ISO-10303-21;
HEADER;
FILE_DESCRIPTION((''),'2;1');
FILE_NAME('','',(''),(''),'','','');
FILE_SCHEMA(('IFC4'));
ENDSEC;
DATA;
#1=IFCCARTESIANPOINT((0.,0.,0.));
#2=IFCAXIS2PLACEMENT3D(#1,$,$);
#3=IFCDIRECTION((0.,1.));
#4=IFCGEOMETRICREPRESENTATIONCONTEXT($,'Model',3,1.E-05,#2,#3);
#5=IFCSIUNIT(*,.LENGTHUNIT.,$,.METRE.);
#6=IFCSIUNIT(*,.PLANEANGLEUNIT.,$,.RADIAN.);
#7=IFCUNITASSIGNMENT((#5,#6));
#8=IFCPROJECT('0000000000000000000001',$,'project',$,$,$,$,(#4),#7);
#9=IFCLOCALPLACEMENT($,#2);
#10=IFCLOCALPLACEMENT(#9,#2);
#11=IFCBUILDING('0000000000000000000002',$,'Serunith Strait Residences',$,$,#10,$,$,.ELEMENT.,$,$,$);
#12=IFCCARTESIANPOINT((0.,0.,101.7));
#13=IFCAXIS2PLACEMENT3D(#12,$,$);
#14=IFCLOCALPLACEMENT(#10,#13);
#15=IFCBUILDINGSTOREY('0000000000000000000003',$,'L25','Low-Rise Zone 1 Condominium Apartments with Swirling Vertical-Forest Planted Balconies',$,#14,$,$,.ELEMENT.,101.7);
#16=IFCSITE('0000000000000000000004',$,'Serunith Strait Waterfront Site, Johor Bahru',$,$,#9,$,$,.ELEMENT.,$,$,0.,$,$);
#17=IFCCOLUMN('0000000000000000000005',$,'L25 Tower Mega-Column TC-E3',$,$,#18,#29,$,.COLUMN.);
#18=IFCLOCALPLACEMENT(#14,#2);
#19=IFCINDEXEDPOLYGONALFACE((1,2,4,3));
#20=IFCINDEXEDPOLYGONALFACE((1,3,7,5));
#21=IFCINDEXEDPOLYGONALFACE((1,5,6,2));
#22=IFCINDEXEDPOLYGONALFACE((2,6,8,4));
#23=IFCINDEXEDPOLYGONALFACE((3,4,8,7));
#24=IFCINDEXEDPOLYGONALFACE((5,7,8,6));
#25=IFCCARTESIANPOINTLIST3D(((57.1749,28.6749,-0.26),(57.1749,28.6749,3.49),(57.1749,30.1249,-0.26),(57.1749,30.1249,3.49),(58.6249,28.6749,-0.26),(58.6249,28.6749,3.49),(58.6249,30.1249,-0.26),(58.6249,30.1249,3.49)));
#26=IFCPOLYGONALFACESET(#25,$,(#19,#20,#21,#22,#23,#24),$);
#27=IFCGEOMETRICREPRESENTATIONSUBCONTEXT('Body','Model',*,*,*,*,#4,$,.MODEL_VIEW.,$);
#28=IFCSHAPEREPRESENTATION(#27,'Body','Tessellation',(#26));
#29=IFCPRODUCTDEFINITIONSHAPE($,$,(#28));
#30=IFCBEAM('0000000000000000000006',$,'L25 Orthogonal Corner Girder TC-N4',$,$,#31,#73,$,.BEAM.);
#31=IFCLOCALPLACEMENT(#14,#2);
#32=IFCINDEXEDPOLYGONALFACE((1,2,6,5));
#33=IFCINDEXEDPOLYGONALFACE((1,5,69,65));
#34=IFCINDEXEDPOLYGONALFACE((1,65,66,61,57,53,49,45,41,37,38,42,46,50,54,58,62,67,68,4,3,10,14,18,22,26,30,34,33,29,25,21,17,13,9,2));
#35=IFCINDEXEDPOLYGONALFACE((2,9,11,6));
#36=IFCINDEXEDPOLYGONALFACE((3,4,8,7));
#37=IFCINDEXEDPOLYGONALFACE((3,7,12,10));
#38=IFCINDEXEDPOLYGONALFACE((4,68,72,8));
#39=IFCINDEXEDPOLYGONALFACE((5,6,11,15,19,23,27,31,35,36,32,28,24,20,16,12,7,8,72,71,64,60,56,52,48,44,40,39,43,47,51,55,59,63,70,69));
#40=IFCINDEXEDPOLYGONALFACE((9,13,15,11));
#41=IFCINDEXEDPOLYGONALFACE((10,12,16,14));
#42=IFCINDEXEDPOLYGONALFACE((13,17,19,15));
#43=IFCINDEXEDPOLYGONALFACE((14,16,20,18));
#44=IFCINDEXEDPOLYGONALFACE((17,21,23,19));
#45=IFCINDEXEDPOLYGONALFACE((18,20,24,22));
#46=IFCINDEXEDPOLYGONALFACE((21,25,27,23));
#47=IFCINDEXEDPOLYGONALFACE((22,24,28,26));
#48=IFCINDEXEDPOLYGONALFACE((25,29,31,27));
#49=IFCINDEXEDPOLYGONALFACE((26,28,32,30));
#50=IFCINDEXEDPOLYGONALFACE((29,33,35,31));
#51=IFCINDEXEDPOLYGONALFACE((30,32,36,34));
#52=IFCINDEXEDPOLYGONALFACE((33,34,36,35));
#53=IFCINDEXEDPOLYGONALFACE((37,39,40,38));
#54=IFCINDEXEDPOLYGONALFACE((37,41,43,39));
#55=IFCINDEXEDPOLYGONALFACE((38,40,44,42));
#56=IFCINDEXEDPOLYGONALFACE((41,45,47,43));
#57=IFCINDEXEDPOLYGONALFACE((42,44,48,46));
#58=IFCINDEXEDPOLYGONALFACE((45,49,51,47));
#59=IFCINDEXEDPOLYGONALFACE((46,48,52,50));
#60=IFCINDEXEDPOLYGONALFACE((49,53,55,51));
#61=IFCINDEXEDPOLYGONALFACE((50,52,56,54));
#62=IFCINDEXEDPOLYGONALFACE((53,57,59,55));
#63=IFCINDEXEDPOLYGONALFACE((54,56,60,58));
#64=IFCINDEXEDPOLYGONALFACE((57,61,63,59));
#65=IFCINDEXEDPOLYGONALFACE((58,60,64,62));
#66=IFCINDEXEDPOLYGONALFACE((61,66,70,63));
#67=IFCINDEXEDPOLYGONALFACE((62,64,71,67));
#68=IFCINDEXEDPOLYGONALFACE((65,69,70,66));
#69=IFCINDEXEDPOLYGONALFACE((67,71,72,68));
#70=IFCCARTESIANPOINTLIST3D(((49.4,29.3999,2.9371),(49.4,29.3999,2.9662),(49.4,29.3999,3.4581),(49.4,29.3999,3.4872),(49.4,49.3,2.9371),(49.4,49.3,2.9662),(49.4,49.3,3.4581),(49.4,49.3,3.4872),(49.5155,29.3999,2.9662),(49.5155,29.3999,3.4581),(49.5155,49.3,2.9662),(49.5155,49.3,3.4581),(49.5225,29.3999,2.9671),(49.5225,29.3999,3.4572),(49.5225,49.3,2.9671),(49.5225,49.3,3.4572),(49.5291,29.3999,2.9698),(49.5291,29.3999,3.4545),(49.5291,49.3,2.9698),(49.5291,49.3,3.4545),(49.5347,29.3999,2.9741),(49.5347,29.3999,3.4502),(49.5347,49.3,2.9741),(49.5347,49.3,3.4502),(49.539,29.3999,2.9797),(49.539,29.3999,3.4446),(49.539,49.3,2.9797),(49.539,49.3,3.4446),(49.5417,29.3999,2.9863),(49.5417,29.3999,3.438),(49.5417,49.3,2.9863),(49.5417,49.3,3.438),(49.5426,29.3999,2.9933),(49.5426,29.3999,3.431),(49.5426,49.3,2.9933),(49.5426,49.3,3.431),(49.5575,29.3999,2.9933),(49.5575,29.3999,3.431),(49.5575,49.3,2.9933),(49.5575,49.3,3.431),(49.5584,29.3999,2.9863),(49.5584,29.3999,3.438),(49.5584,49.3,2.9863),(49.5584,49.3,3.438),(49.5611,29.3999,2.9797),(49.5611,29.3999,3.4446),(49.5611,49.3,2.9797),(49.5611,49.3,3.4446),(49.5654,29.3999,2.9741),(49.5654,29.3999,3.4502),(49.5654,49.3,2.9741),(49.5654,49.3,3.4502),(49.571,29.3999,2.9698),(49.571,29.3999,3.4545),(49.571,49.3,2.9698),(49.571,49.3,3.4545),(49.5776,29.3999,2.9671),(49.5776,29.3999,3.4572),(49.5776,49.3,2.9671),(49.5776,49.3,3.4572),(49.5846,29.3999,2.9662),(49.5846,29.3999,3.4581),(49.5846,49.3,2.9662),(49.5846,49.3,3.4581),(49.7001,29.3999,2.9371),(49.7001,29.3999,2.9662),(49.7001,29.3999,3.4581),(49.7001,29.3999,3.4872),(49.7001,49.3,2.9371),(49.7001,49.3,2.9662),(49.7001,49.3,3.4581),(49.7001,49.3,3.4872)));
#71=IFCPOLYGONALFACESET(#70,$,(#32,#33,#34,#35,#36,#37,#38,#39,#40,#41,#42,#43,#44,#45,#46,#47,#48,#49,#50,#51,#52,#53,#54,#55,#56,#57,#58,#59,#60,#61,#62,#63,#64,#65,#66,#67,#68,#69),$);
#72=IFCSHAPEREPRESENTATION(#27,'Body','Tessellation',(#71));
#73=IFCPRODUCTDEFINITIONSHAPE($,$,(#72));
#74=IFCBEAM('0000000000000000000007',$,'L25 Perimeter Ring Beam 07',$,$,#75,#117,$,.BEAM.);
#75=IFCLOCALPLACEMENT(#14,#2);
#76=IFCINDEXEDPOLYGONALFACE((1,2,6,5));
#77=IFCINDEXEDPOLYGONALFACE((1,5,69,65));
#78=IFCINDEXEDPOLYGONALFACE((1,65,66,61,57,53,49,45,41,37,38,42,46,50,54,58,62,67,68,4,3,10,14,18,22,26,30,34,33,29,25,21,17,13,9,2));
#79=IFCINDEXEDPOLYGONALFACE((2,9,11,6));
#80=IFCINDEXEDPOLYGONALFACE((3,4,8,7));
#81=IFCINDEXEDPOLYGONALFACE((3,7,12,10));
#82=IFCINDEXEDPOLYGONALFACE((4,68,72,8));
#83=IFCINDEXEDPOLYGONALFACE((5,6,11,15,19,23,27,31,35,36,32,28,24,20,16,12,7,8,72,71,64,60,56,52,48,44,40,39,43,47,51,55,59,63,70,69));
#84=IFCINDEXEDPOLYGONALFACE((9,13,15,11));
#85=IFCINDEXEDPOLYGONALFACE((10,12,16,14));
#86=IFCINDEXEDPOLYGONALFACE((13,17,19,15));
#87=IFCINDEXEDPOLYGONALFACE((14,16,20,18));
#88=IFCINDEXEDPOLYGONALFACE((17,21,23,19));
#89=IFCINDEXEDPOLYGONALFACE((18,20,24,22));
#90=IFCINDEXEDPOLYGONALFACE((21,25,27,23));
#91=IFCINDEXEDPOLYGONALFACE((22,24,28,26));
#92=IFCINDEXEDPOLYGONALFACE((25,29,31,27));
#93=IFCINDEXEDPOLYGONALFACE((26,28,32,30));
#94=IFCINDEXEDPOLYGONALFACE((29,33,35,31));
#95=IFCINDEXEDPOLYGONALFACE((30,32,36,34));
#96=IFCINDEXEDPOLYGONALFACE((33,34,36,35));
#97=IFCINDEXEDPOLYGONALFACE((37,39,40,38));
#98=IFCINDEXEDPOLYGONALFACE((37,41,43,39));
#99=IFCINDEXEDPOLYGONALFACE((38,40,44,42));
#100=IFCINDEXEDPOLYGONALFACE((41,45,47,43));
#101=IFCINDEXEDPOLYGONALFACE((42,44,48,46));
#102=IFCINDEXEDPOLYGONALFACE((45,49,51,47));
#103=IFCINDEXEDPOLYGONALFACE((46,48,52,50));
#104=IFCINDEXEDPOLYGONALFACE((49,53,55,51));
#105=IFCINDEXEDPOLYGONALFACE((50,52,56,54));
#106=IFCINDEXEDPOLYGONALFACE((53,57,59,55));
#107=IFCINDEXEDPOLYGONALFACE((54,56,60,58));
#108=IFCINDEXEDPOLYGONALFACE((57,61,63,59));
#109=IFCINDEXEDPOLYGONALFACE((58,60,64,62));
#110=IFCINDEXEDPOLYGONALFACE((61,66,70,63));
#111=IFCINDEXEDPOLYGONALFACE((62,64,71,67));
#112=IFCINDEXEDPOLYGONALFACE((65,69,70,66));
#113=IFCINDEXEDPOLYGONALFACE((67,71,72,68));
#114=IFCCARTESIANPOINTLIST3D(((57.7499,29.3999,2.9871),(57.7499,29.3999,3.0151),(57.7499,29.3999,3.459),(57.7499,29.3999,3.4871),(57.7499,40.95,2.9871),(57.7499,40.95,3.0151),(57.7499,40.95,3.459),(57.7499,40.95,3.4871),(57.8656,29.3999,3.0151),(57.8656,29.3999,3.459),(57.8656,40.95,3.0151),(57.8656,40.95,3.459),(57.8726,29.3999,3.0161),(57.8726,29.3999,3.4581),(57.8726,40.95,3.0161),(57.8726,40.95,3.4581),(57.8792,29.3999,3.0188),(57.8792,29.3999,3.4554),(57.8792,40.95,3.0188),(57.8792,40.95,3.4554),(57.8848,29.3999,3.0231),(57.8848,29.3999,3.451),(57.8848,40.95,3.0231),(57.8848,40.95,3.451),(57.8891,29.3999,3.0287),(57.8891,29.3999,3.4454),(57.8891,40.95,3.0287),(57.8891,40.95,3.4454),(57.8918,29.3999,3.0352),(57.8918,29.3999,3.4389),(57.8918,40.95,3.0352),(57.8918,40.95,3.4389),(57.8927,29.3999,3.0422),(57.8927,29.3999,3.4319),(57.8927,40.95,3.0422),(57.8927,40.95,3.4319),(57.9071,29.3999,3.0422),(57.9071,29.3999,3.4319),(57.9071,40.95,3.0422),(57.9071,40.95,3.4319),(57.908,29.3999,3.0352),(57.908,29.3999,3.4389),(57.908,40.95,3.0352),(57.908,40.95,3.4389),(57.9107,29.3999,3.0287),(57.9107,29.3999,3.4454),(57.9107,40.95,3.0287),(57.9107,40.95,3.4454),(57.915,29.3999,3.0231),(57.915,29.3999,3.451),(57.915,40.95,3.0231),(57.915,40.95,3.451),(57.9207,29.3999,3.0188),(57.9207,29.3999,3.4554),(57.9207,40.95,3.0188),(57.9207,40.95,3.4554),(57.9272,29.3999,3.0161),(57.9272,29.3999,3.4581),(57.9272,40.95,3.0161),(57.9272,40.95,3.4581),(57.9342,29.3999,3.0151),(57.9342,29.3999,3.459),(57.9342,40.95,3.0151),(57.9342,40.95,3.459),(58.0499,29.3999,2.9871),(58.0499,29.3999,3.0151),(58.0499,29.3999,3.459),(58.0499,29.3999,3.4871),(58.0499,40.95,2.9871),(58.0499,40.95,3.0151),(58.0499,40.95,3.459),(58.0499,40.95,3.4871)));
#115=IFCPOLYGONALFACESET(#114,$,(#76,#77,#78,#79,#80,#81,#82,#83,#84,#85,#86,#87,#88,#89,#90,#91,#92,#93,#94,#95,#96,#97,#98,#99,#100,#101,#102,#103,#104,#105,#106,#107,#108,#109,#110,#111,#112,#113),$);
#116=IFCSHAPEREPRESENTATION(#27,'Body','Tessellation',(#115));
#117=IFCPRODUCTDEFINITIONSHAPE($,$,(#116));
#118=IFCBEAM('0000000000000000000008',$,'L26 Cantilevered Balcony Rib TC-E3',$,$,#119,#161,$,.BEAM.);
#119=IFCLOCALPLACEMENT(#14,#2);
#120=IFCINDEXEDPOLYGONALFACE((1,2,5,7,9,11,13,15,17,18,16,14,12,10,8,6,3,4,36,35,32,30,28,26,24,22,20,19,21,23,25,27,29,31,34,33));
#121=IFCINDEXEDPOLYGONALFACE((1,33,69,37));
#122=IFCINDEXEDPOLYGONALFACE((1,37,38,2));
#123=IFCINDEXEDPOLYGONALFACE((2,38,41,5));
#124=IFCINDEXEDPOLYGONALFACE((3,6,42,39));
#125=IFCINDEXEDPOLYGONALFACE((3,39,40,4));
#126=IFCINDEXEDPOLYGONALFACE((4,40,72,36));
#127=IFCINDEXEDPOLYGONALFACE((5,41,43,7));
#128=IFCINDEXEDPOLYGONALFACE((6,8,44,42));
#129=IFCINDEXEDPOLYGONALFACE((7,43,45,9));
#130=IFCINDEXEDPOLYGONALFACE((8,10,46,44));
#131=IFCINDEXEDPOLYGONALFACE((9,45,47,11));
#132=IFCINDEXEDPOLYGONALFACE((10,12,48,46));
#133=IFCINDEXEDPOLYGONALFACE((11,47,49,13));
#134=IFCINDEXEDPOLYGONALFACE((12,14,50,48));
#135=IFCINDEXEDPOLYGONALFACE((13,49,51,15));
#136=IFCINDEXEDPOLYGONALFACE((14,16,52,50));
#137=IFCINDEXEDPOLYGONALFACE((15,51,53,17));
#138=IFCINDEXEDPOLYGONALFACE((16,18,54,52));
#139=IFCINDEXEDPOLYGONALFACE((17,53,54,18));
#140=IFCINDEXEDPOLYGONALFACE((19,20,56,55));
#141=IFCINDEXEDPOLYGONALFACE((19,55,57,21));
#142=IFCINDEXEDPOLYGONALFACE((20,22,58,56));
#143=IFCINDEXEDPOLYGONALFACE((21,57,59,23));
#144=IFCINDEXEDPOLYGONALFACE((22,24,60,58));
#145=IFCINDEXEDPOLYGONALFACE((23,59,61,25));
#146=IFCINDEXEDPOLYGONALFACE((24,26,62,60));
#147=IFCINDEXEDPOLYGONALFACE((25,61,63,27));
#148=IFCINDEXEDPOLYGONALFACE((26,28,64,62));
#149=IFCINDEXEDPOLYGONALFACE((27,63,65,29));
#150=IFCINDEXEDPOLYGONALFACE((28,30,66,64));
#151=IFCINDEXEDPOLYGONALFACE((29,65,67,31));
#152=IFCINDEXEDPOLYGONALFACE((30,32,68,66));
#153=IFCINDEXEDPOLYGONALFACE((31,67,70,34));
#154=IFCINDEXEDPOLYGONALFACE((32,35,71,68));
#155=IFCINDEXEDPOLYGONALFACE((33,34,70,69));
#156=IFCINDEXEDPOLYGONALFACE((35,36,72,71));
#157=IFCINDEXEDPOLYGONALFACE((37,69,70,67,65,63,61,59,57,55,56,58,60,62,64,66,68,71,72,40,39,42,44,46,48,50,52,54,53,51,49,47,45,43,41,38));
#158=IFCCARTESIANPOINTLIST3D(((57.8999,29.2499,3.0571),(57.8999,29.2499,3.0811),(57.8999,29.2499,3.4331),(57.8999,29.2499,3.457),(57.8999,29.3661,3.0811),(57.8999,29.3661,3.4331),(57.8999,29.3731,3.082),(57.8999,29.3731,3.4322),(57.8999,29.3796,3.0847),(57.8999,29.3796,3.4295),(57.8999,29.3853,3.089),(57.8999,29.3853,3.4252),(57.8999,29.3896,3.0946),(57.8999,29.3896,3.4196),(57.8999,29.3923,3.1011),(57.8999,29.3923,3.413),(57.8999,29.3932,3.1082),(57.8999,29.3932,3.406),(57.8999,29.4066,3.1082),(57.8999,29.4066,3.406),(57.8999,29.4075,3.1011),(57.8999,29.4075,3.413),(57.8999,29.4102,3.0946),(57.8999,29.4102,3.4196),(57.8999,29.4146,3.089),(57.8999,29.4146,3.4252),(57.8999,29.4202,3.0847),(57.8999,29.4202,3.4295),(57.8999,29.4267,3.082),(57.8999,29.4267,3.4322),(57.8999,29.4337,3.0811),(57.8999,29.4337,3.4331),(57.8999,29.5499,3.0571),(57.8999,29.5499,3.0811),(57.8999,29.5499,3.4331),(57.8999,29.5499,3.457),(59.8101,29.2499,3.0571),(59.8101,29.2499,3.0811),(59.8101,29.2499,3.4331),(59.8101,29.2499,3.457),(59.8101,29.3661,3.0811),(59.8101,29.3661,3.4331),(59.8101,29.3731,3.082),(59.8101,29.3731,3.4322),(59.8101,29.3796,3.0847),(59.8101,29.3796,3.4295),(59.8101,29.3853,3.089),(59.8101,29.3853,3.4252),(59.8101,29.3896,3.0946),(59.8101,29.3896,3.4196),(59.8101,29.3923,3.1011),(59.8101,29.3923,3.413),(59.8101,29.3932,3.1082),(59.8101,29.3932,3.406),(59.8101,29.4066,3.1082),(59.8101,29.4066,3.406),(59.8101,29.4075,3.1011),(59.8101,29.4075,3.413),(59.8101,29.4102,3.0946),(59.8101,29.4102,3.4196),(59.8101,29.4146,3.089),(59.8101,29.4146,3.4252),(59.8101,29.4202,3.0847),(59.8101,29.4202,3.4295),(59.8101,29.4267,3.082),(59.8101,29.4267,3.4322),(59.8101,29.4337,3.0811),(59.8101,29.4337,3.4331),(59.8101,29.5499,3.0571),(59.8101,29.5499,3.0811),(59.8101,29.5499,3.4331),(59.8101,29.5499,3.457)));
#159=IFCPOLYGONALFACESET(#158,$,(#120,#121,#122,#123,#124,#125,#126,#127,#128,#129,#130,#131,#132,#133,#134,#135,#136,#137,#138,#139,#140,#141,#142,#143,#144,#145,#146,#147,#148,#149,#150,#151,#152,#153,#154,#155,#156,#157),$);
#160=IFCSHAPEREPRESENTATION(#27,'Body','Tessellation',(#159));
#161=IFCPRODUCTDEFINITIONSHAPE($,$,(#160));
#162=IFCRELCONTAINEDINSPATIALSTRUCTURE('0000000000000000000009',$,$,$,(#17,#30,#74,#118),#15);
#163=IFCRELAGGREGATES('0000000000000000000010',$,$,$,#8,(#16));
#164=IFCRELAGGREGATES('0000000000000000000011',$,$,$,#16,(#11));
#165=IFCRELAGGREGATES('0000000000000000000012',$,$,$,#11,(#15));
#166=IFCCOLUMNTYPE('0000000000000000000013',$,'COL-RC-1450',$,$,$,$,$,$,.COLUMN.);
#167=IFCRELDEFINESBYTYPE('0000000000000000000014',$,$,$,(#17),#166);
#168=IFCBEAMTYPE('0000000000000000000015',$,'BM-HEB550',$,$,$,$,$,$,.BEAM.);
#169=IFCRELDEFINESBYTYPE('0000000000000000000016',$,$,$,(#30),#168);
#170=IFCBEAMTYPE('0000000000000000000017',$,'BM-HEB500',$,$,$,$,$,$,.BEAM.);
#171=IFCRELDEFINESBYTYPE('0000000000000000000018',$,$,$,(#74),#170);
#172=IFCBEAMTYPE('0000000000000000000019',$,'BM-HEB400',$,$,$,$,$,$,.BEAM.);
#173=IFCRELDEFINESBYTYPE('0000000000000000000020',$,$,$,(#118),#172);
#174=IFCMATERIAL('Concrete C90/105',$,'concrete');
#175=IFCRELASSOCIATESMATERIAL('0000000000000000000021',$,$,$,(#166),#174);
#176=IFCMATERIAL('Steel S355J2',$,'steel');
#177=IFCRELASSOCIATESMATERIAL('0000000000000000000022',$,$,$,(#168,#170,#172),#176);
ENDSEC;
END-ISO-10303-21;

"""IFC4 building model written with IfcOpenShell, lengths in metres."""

from ifc_helpers import new_model, si_unit, direction, frame, origin, origin_2d, place, context, subcontext, project, spatial, rectangle, i_section, extrude, source, transform, mapped, material, material_profile, profile_set, type_object, element, save


model = new_model("IFC4")

# Units and contexts
model_context = context("Model", 3, precision=1e-05, world=origin(), true_north=direction((0.0, 1.0)))
body_context = subcontext(model_context, "Body", "Model", "MODEL_VIEW")
ifc_project = project(units=[si_unit("LENGTHUNIT", "METRE"), si_unit("PLANEANGLEUNIT", "RADIAN")], contexts=[model_context])

# Site, building, storey
site_placement = place(None, origin())
site = spatial("IfcSite", under=ifc_project, at=site_placement, Name="Serunith Strait Waterfront Site, Johor Bahru", CompositionType="ELEMENT", RefElevation=0.0)
building_placement = place(site_placement, origin())
building = spatial("IfcBuilding", under=site, at=building_placement, Name="Serunith Strait Residences", CompositionType="ELEMENT")
storey_placement = place(building_placement, frame((0.0, 0.0, 101.7)))
storey = spatial("IfcBuildingStorey", under=building, at=storey_placement, Name="L25", Description="Low-Rise Zone 1 Condominium Apartments with Swirling Vertical-Forest Planted Balconies", CompositionType="ELEMENT", Elevation=101.7)

# Column
ifc_material_1 = material(Name="Concrete C90/105", Category="concrete")
ifc_material_profile_1 = material_profile(ifc_material_1, rectangle(XDim=1.45, YDim=1.45, at=origin_2d()), Name="RC 1450x1450")
ifc_profile_set_1 = profile_set([ifc_material_profile_1], Name="Concrete C90/105")
column_type = type_object("IfcColumnType", Name="COL-RC-1450", PredefinedType="COLUMN", material=ifc_profile_set_1)
shared_shape_1 = source(origin(), body_context, "Body", "SweptSolid", [
    extrude(rectangle(XDim=1.45, YDim=1.45, at=origin_2d()), origin(), (0.0, 0.0, 1.0), 3.75),
])
column_placement = place(storey_placement, frame((57.8999, 29.3999, -0.26), z_axis=(0.0, 0.0, 1.0), x_axis=(1.0, 0.0, 0.0)))
element("IfcColumn", 1, at=column_placement, inside=storey, type_object=column_type, Name="L25 Tower Mega-Column TC-E3", PredefinedType="COLUMN", context=body_context, shape_type="MappedRepresentation", body=[
    mapped(shared_shape_1, transform((0.0, 0.0, 0.0), scale=1.0)),
])

# Beams
ifc_material_2 = material(Name="Steel S355J2", Category="steel")
ifc_material_profile_2 = material_profile(ifc_material_2, i_section(OverallWidth=0.3, OverallDepth=0.55, WebThickness=0.0149, FlangeThickness=0.0291, FilletRadius=0.0271, at=origin_2d()), Name="HEB 550")
ifc_profile_set_2 = profile_set([ifc_material_profile_2], Name="Steel S355J2")
beam_type_1 = type_object("IfcBeamType", Name="BM-HEB550", PredefinedType="BEAM", material=ifc_profile_set_2)
shared_shape_2 = source(origin(), body_context, "Body", "SweptSolid", [
    extrude(i_section(OverallWidth=0.3, OverallDepth=0.55, WebThickness=0.0149, FlangeThickness=0.0291, FilletRadius=0.0271, at=origin_2d()), origin(), (0.0, 0.0, 1.0), 19.9001),
])
beam_1_placement = place(storey_placement, frame((49.55, 29.3999, 3.2122), z_axis=(0.0, 1.0, 0.0), x_axis=(-1.0, 0.0, 0.0)))
element("IfcBeam", 2, at=beam_1_placement, inside=storey, type_object=beam_type_1, Name="L25 Orthogonal Corner Girder TC-N4", PredefinedType="BEAM", context=body_context, shape_type="MappedRepresentation", body=[
    mapped(shared_shape_2, transform((0.0, 0.0, 0.0), scale=1.0)),
])
ifc_material_profile_3 = material_profile(ifc_material_2, i_section(OverallWidth=0.3, OverallDepth=0.5, WebThickness=0.0144, FlangeThickness=0.0281, FilletRadius=0.0271, at=origin_2d()), Name="HEB 500")
ifc_profile_set_3 = profile_set([ifc_material_profile_3], Name="Steel S355J2")
beam_type_2 = type_object("IfcBeamType", Name="BM-HEB500", PredefinedType="BEAM", material=ifc_profile_set_3)
shared_shape_3 = source(origin(), body_context, "Body", "SweptSolid", [
    extrude(i_section(OverallWidth=0.3, OverallDepth=0.5, WebThickness=0.0144, FlangeThickness=0.0281, FilletRadius=0.0271, at=origin_2d()), origin(), (0.0, 0.0, 1.0), 11.55),
])
beam_2_placement = place(storey_placement, frame((57.8999, 29.3999, 3.2371), z_axis=(0.0, 1.0, 0.0), x_axis=(-1.0, 0.0, 0.0)))
element("IfcBeam", 3, at=beam_2_placement, inside=storey, type_object=beam_type_2, Name="L25 Perimeter Ring Beam 07", PredefinedType="BEAM", context=body_context, shape_type="MappedRepresentation", body=[
    mapped(shared_shape_3, transform((0.0, 0.0, 0.0), scale=1.0)),
])
ifc_material_profile_4 = material_profile(ifc_material_2, i_section(OverallWidth=0.3, OverallDepth=0.3999, WebThickness=0.0134, FlangeThickness=0.0239, FilletRadius=0.0271, at=origin_2d()), Name="HEB 400")
ifc_profile_set_4 = profile_set([ifc_material_profile_4], Name="Steel S355J2")
beam_type_3 = type_object("IfcBeamType", Name="BM-HEB400", PredefinedType="BEAM", material=ifc_profile_set_4)
shared_shape_4 = source(origin(), body_context, "Body", "SweptSolid", [
    extrude(i_section(OverallWidth=0.3, OverallDepth=0.3999, WebThickness=0.0134, FlangeThickness=0.0239, FilletRadius=0.0271, at=origin_2d()), origin(), (0.0, 0.0, 1.0), 1.9102),
])
beam_3_placement = place(storey_placement, frame((57.8999, 29.3999, 3.2571), z_axis=(1.0, 0.0, 0.0), x_axis=(0.0, 1.0, 0.0)))
element("IfcBeam", 4, at=beam_3_placement, inside=storey, type_object=beam_type_3, Name="L26 Cantilevered Balcony Rib TC-E3", PredefinedType="BEAM", context=body_context, shape_type="MappedRepresentation", body=[
    mapped(shared_shape_4, transform((0.0, 0.0, 0.0), scale=1.0)),
])

save(model, "model.ifc")
